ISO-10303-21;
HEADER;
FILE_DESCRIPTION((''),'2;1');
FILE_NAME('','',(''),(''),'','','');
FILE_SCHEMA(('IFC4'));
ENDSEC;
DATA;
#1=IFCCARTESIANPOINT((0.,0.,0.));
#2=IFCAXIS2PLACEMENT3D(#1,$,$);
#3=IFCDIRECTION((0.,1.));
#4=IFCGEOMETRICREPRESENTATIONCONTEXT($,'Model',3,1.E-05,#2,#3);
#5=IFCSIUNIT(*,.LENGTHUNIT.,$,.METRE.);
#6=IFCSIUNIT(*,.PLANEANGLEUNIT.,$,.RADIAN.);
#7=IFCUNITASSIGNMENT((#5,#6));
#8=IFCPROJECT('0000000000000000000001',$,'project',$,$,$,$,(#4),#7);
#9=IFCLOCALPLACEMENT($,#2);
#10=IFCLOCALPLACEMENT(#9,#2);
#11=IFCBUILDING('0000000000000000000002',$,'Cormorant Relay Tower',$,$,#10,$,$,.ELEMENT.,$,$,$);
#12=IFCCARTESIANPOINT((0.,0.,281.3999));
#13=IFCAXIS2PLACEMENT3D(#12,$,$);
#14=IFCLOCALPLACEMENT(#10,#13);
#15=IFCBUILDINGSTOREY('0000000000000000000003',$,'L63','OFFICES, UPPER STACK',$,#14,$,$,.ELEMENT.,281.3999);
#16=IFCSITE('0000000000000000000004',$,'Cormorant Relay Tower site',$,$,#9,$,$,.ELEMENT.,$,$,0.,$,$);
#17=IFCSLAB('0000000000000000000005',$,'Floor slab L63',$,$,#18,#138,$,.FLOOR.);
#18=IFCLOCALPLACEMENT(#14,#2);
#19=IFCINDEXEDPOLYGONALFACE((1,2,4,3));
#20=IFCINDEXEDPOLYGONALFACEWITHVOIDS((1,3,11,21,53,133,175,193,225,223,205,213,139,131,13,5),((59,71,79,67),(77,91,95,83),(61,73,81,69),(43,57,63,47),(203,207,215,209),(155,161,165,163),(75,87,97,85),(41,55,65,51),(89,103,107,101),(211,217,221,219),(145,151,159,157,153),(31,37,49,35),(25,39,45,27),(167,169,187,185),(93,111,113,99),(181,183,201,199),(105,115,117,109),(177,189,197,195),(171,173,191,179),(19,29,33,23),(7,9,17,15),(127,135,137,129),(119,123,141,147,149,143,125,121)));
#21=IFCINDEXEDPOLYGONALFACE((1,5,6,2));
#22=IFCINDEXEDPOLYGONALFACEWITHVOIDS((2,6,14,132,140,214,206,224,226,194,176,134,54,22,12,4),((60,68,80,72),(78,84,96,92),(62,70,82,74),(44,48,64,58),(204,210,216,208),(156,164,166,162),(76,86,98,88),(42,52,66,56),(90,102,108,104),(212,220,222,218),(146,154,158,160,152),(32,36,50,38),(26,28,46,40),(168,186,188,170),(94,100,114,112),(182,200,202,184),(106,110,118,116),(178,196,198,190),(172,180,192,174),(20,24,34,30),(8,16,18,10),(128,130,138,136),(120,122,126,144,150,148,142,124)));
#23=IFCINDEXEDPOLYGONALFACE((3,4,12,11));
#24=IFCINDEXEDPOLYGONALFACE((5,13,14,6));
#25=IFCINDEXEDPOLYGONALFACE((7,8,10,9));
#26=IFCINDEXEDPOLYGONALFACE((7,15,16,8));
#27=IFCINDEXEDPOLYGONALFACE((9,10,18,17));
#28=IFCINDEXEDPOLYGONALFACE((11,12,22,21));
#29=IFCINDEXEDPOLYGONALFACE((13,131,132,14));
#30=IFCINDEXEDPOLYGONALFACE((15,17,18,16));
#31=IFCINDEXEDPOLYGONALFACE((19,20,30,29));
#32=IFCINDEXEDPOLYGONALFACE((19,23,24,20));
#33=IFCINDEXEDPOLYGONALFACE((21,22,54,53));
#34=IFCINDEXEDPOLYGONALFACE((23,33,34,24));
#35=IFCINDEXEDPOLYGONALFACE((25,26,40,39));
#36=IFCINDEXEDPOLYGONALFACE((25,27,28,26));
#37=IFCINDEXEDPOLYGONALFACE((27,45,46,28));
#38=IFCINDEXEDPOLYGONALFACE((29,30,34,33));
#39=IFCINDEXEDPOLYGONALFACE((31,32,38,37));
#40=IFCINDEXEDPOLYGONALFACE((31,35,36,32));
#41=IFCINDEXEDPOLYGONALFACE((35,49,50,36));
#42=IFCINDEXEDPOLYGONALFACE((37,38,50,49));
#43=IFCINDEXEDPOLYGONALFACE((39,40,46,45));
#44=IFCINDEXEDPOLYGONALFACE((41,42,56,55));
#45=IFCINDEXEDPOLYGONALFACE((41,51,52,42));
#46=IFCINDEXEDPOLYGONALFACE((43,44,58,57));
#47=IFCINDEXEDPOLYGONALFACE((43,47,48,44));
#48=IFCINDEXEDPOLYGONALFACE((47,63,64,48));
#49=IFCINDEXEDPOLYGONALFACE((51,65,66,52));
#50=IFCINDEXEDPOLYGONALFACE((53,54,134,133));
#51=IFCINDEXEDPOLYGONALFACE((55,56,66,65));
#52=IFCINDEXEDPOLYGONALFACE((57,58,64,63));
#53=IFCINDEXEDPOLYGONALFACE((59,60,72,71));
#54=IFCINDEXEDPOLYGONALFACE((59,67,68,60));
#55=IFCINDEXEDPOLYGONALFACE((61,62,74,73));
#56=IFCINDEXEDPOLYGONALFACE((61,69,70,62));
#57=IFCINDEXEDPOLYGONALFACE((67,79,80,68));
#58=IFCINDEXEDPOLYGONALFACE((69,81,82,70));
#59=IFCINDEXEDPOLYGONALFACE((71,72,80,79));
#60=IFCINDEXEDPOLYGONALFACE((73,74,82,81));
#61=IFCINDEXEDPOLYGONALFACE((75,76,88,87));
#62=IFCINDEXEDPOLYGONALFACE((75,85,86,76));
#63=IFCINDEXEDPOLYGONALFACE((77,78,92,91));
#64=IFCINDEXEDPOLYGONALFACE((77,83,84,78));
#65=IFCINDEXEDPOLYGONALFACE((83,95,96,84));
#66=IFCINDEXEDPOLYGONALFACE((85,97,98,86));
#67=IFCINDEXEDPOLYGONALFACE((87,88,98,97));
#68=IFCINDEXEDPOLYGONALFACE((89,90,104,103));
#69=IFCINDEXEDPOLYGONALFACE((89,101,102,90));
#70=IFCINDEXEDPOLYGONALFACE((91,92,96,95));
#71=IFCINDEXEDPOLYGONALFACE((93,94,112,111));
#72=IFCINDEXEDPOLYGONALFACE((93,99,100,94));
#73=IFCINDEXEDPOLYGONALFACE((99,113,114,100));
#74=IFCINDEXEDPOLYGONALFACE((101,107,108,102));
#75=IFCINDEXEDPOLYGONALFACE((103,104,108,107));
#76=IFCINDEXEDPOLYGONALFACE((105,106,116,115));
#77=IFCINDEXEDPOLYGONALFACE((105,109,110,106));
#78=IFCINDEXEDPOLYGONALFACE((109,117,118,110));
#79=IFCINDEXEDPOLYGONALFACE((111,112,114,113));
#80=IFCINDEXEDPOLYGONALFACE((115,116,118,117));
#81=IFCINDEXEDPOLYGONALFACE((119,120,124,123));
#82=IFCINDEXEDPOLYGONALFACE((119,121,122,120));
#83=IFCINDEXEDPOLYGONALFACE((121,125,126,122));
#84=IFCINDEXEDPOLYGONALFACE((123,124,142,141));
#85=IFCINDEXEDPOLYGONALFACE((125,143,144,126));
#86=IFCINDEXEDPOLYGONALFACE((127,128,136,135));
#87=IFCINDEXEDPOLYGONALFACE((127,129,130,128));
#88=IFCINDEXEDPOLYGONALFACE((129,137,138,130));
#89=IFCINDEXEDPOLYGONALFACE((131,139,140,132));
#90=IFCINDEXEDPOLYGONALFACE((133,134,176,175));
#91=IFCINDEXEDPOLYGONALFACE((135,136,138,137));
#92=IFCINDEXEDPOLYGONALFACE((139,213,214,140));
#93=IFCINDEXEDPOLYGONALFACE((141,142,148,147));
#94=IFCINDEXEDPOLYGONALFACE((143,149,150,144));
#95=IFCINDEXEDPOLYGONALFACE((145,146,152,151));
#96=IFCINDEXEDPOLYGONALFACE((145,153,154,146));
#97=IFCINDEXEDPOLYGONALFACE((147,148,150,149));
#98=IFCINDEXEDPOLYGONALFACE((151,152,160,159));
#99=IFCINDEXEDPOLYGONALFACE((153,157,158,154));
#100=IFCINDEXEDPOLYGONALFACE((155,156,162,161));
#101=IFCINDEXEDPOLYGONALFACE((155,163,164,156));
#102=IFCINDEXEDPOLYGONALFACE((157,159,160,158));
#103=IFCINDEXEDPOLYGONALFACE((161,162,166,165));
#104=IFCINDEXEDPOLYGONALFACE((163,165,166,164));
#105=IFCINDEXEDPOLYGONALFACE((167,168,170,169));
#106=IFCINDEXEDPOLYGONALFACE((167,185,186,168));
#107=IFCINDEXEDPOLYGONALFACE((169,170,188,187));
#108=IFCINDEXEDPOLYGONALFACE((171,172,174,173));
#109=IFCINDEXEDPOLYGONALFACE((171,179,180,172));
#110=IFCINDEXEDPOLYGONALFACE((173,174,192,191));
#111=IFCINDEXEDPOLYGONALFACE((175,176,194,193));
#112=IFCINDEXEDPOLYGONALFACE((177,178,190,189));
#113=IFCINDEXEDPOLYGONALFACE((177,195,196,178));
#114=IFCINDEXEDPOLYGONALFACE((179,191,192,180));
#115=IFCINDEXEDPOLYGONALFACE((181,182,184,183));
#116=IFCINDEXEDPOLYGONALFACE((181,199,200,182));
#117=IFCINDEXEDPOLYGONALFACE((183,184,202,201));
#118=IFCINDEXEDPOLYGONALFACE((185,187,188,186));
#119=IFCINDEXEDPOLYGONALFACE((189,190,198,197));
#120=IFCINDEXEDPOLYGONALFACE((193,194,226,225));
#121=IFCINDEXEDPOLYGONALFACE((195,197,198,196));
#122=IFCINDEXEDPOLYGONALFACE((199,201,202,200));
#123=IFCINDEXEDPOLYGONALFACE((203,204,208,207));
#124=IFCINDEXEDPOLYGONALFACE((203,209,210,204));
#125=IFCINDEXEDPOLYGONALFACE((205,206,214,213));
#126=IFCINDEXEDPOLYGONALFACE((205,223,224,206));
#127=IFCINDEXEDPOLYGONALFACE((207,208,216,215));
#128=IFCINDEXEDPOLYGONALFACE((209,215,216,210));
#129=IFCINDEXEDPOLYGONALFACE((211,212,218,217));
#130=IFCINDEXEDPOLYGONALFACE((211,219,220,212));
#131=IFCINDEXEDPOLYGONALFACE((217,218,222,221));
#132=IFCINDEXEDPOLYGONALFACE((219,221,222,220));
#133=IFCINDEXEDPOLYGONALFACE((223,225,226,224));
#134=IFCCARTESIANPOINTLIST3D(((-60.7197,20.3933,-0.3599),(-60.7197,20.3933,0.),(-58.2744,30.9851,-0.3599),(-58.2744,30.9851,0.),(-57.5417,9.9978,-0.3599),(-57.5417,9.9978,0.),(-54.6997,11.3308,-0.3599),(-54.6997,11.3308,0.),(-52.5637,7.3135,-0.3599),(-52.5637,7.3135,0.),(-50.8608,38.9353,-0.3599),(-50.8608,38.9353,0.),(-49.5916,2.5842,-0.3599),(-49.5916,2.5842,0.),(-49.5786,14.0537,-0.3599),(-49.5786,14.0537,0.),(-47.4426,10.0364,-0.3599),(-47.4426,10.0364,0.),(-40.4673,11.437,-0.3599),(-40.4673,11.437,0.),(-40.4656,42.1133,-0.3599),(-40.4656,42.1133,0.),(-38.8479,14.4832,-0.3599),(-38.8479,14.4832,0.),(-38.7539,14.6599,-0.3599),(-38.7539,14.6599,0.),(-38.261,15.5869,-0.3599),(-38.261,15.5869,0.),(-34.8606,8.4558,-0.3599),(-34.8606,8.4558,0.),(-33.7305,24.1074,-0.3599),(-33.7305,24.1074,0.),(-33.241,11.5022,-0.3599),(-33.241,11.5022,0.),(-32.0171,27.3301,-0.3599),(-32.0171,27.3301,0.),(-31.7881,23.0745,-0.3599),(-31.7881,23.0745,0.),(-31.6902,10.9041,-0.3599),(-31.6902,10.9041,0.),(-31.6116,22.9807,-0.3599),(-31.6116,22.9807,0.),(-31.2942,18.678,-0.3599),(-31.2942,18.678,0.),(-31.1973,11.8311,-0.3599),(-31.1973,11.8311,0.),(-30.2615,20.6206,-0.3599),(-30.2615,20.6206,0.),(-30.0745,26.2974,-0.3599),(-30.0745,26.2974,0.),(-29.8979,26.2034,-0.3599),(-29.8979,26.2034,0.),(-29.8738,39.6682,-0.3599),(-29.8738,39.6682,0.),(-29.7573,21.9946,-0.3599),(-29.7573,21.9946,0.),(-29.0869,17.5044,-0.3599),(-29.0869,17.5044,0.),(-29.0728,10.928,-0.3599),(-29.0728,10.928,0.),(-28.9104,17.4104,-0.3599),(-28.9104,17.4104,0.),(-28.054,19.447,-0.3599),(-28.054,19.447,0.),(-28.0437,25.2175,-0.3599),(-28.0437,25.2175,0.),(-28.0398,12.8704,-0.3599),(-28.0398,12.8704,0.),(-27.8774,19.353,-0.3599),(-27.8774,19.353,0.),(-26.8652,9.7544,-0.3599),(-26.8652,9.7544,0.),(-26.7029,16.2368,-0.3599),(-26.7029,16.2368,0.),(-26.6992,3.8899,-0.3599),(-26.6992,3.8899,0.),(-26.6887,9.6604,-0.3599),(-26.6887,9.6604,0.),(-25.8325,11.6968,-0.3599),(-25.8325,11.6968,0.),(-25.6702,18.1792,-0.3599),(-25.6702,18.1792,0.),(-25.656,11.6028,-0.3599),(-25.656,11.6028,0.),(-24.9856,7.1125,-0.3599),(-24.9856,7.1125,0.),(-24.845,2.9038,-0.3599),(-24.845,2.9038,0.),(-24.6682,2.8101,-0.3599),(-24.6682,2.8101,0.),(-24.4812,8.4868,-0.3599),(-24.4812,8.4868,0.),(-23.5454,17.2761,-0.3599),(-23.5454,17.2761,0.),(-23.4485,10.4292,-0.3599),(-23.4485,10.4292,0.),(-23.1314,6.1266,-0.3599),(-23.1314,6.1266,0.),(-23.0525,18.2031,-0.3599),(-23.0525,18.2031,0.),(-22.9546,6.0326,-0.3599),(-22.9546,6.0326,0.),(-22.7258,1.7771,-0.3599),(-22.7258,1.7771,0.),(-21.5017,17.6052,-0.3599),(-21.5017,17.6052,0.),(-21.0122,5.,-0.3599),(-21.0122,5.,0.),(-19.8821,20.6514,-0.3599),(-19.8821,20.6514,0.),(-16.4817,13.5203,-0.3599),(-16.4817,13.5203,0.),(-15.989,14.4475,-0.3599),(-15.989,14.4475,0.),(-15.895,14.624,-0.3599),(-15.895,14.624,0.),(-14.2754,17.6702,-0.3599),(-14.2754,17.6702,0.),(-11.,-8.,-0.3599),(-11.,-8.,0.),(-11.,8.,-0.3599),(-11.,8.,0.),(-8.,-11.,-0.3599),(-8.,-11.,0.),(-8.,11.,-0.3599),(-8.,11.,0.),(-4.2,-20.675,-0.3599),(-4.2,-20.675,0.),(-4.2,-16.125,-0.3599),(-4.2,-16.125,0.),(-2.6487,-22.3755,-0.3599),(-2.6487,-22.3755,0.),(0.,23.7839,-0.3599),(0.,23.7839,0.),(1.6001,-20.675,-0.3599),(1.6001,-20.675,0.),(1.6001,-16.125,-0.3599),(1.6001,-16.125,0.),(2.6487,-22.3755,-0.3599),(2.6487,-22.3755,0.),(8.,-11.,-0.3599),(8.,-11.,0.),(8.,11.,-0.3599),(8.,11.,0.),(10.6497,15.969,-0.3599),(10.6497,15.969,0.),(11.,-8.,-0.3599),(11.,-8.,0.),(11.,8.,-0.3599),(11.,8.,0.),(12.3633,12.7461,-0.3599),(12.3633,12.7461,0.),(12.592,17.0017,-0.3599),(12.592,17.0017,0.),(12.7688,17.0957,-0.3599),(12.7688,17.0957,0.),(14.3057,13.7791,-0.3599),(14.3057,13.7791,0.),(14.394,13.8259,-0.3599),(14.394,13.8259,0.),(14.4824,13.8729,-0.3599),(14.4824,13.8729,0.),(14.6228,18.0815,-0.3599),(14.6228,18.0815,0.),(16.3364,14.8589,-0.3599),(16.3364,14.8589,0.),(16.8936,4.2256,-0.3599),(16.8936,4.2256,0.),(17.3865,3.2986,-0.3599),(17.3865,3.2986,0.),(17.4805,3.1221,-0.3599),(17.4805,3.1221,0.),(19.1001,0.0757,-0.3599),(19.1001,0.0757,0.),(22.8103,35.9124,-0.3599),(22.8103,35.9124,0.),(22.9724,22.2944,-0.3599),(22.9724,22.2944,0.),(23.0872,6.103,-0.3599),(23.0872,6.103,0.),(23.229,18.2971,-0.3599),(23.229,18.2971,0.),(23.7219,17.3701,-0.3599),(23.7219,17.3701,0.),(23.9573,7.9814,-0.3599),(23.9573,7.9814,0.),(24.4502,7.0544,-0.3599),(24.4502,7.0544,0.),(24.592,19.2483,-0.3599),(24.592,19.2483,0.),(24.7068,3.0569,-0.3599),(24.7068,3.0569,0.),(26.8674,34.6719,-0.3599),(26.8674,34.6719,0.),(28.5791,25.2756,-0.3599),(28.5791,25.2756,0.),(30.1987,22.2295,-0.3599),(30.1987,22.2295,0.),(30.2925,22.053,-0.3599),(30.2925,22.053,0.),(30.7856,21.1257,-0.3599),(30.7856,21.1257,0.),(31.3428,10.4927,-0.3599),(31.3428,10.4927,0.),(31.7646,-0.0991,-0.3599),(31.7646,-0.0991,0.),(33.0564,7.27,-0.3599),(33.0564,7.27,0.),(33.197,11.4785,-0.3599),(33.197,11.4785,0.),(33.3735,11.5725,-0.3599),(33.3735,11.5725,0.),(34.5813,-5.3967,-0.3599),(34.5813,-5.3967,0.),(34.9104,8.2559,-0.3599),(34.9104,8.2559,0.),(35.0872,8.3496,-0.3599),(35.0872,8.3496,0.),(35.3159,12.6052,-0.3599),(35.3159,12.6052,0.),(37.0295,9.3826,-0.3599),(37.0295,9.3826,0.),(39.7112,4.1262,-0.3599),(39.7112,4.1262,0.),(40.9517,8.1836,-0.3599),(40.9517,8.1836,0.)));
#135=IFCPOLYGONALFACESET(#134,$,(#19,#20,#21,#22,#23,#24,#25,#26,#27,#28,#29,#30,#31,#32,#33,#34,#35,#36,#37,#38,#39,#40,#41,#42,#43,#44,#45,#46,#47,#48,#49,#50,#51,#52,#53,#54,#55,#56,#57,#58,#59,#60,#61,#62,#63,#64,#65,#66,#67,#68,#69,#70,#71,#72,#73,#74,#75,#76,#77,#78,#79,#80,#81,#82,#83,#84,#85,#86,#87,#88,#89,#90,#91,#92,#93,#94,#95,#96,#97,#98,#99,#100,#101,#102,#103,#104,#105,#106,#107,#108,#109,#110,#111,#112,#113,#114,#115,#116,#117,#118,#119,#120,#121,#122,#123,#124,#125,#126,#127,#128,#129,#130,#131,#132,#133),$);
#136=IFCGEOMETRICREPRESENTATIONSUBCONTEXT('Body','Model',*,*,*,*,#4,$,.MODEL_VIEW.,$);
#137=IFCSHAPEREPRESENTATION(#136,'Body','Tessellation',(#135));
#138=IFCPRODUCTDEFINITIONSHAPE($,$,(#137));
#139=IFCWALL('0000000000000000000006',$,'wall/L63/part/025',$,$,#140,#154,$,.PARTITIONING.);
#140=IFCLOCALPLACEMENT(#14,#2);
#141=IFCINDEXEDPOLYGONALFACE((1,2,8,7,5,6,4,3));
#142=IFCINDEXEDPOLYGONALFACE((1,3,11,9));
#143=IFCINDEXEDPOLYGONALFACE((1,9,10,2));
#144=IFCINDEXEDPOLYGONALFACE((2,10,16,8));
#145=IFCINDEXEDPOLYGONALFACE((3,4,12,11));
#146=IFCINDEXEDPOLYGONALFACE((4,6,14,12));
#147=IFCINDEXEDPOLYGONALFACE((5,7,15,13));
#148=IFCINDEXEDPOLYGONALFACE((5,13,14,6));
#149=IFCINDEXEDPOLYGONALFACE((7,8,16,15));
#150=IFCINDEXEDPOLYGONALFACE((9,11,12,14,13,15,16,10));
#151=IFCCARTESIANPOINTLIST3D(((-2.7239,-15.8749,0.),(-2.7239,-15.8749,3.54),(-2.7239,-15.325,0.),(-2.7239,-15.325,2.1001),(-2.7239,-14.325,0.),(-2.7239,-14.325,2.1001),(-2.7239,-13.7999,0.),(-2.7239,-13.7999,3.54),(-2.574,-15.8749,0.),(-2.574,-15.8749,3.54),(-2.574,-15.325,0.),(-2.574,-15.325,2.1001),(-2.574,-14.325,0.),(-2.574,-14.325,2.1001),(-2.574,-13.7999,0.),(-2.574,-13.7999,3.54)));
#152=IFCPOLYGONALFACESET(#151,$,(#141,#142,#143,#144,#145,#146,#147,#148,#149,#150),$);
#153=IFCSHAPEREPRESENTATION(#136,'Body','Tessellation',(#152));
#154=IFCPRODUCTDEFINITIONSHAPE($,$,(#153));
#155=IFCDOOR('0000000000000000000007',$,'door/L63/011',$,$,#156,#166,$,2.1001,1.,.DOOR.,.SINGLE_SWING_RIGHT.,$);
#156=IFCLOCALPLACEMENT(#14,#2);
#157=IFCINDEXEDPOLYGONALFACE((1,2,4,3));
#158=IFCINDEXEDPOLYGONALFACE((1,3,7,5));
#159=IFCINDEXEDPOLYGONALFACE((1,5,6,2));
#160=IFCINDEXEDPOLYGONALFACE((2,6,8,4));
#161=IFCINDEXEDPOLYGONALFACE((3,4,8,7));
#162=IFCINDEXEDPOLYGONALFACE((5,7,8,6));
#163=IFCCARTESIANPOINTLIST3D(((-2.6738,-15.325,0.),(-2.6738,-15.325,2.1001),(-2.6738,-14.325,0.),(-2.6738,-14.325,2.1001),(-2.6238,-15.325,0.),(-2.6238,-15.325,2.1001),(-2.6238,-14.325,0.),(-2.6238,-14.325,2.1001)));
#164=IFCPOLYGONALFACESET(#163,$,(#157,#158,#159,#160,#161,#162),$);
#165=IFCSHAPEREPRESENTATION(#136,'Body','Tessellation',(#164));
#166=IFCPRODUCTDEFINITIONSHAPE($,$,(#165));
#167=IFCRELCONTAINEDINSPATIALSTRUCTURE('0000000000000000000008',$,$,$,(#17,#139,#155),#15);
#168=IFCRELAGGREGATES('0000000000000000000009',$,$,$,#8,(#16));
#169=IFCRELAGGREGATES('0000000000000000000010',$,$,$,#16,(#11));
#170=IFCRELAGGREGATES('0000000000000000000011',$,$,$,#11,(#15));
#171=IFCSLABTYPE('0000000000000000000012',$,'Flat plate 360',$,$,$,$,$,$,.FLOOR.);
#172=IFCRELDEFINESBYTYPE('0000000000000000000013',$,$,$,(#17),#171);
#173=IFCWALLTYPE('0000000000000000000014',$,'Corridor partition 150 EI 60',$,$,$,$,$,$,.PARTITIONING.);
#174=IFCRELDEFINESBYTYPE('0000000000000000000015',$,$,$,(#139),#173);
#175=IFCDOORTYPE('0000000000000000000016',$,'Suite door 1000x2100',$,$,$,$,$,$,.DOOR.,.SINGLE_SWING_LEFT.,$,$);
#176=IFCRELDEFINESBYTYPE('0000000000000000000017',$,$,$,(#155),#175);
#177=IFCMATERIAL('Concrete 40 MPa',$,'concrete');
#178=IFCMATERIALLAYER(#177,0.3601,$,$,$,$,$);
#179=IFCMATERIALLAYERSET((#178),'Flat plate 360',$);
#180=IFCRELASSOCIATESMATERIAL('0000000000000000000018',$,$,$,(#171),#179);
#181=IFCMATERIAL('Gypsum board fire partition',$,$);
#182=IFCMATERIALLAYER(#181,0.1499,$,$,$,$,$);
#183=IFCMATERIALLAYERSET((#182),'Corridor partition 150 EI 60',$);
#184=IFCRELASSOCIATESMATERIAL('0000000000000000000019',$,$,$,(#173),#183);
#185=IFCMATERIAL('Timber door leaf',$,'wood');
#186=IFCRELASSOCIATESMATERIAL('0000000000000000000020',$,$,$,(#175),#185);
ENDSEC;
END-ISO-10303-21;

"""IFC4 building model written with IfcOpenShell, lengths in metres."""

from ifc_helpers import new_model, si_unit, direction, frame, frame_2d, origin, place, context, subcontext, project, spatial, polyline, rectangle, outline, extrude, material, layer, layer_set, type_object, element, fill, save


model = new_model("IFC4")

# Units and contexts
model_context = context("Model", 3, precision=1e-05, world=origin(), true_north=direction((0.0, 1.0)))
body_context = subcontext(model_context, "Body", "Model", "MODEL_VIEW")
ifc_project = project(units=[si_unit("LENGTHUNIT", "METRE"), si_unit("PLANEANGLEUNIT", "RADIAN")], contexts=[model_context])

# Site, building, storey
site_placement = place(None, origin())
site = spatial("IfcSite", under=ifc_project, at=site_placement, Name="Cormorant Relay Tower site", CompositionType="ELEMENT", RefElevation=0.0)
building_placement = place(site_placement, origin())
building = spatial("IfcBuilding", under=site, at=building_placement, Name="Cormorant Relay Tower", CompositionType="ELEMENT")
storey_placement = place(building_placement, frame((0.0, 0.0, 281.3999)))
storey = spatial("IfcBuildingStorey", under=building, at=storey_placement, Name="L63", Description="OFFICES, UPPER STACK", CompositionType="ELEMENT", Elevation=281.3999)

# Slab
ifc_material_1 = material(Name="Concrete 40 MPa", Category="concrete")
ifc_layer_1 = layer(ifc_material_1, 0.3601)
ifc_layer_set_1 = layer_set([ifc_layer_1], Name="Flat plate 360")
slab_type_1 = type_object("IfcSlabType", Name="Flat plate 360", PredefinedType="FLOOR", material=ifc_layer_set_1)
slab_1_placement = place(storey_placement, frame((0.0, 0.0, -0.3599)))
element("IfcSlab", 1, at=slab_1_placement, inside=storey, type_object=slab_type_1, Name="Floor slab L63", PredefinedType="FLOOR", context=body_context, shape_type="SweptSolid", body=[
    extrude(outline(polyline([(-60.7197, 20.3933), (-58.2744, 30.9851), (-50.8608, 38.9353), (-40.4656, 42.1133), (-29.8738, 39.6682), (0.0, 23.7839), (22.8103, 35.9124), (26.8674, 34.6719), (40.9517, 8.1836), (39.7112, 4.1262), (31.7646, -0.0991), (34.5813, -5.3967), (2.6487, -22.3755), (-2.6487, -22.3755), (-49.5916, 2.5842), (-57.5417, 9.9978), (-60.7197, 20.3933)]), holes=[polyline([(11.0, -8.0), (11.0, 8.0), (8.0, 11.0), (-8.0, 11.0), (-11.0, 8.0), (-11.0, -8.0), (-8.0, -11.0), (8.0, -11.0), (11.0, -8.0)]), polyline([(-22.9546, 6.0327), (-24.6682, 2.8101), (-22.7258, 1.7771), (-21.0122, 5.0), (-23.043, 6.0796), (-22.9546, 6.0327)]), polyline([(-24.9856, 7.1125), (-26.6992, 3.8899), (-24.845, 2.9038), (-23.1313, 6.1267), (-23.043, 6.0796), (-24.9856, 7.1125)]), polyline([(-26.6887, 9.6604), (-24.4812, 8.4868), (-23.4485, 10.4292), (-25.656, 11.6028), (-26.6887, 9.6604)]), polyline([(-49.5786, 14.0537), (-54.6997, 11.3308), (-52.5637, 7.3135), (-47.4426, 10.0364), (-49.5786, 14.0537)]), polyline([(-28.0398, 12.8704), (-29.0728, 10.928), (-26.8652, 9.7544), (-25.8325, 11.6968), (-28.0398, 12.8704)]), polyline([(-38.8479, 14.4832), (-40.4673, 11.437), (-34.8606, 8.4558), (-33.241, 11.5022), (-38.8479, 14.4832)]), polyline([(-38.261, 15.5869), (-38.7539, 14.6599), (-31.6902, 10.9041), (-31.1973, 11.8311), (-38.261, 15.5869)]), polyline([(-25.6702, 18.1792), (-27.8774, 19.353), (-28.9104, 17.4104), (-26.7029, 16.2368), (-25.6702, 18.1792)]), polyline([(-30.2615, 20.6206), (-31.2942, 18.678), (-29.0869, 17.5044), (-28.054, 19.447), (-30.2615, 20.6206)]), polyline([(-31.6116, 22.9807), (-29.7573, 21.9946), (-28.0437, 25.2175), (-29.8979, 26.2034), (-31.6116, 22.9807)]), polyline([(-32.0171, 27.3301), (-33.7305, 24.1074), (-31.7881, 23.0745), (-30.0745, 26.2974), (-32.0171, 27.3301)]), polyline([(-4.2, -16.125), (-4.2, -20.675), (1.6001, -20.675), (1.6001, -16.125), (-4.2, -16.125)]), polyline([(17.4805, 3.1221), (19.1001, 0.0757), (24.7068, 3.0569), (23.0872, 6.103), (17.4805, 3.1221)]), polyline([(17.3865, 3.2986), (24.4502, 7.0544), (23.9573, 7.9814), (16.8936, 4.2256), (17.3865, 3.2986)]), polyline([(33.197, 11.4785), (31.3428, 10.4927), (33.0564, 7.27), (34.9104, 8.2559), (33.197, 11.4785)]), polyline([(33.3735, 11.5725), (35.0872, 8.3496), (37.0295, 9.3826), (35.3159, 12.6052), (33.3735, 11.5725)]), polyline([(14.3057, 13.7791), (12.592, 17.0017), (10.6497, 15.969), (12.3633, 12.7461), (14.394, 13.8259), (14.3057, 13.7791)]), polyline([(16.3364, 14.8589), (14.6228, 18.0815), (12.7688, 17.0957), (14.4824, 13.8728), (14.394, 13.8259), (16.3364, 14.8589)]), polyline([(-16.4817, 13.5203), (-15.989, 14.4475), (-23.0525, 18.2031), (-23.5454, 17.2761), (-16.4817, 13.5203)]), polyline([(-15.895, 14.624), (-14.2754, 17.6702), (-19.8821, 20.6514), (-21.5017, 17.6052), (-15.895, 14.624)]), polyline([(30.7856, 21.1257), (30.2925, 22.053), (23.229, 18.2971), (23.7219, 17.3701), (30.7856, 21.1257)]), polyline([(24.592, 19.2483), (30.1987, 22.2295), (28.5791, 25.2756), (22.9724, 22.2944), (24.592, 19.2483)])]), origin(), (0.0, 0.0, 1.0), 0.3599),
])

# Wall, opening, door
ifc_material_2 = material(Name="Gypsum board fire partition")
ifc_layer_2 = layer(ifc_material_2, 0.1499)
ifc_layer_set_2 = layer_set([ifc_layer_2], Name="Corridor partition 150 EI 60")
wall_type_1 = type_object("IfcWallType", Name="Corridor partition 150 EI 60", PredefinedType="PARTITIONING", material=ifc_layer_set_2)
wall_1_placement = place(storey_placement, frame((-2.6489, -15.875, 0.0), z_axis=(0.0, 0.0, 1.0), x_axis=(0.0, 1.0, 0.0)))
wall_1 = element("IfcWall", 2, at=wall_1_placement, inside=storey, type_object=wall_type_1, Name="wall/L63/part/025", PredefinedType="PARTITIONING", context=body_context, shape_type="SweptSolid", body=[
    extrude(rectangle(XDim=2.075, YDim=0.1499, at=frame_2d((1.0376, 0.0))), origin(), (0.0, 0.0, 1.0), 3.54),
])
opening_1_placement = place(wall_1_placement, frame((0.55, 0.0, 0.0)))
opening_1 = element("IfcOpeningElement", 3, at=opening_1_placement, cuts=wall_1, PredefinedType="OPENING", context=body_context, shape_type="SweptSolid", body=[
    extrude(rectangle(XDim=1.0, YDim=2.1001, at=frame_2d((0.5, 1.05))), frame((0.0, 0.085, 0.0), z_axis=(0.0, -1.0, 0.0), x_axis=(1.0, 0.0, 0.0)), (0.0, 0.0, 1.0), 0.1699),
])
ifc_material_3 = material(Name="Timber door leaf", Category="wood")
door_type_1 = type_object("IfcDoorType", Name="Suite door 1000x2100", OperationType="SINGLE_SWING_LEFT", PredefinedType="DOOR", material=ifc_material_3)
door_1_placement = place(opening_1_placement, origin())
door_1 = element("IfcDoor", 4, at=door_1_placement, inside=storey, type_object=door_type_1, Name="door/L63/011", OperationType="SINGLE_SWING_RIGHT", OverallHeight=2.1001, OverallWidth=1.0, PredefinedType="DOOR", context=body_context, shape_type="SweptSolid", body=[
    extrude(rectangle(XDim=1.0, YDim=2.1001, at=frame_2d((0.5, 1.05))), frame((0.0, 0.0249, 0.0), z_axis=(0.0, -1.0, 0.0), x_axis=(1.0, 0.0, 0.0)), (0.0, 0.0, 1.0), 0.05),
])
fill(opening_1, door_1)

save(model, "model.ifc")
